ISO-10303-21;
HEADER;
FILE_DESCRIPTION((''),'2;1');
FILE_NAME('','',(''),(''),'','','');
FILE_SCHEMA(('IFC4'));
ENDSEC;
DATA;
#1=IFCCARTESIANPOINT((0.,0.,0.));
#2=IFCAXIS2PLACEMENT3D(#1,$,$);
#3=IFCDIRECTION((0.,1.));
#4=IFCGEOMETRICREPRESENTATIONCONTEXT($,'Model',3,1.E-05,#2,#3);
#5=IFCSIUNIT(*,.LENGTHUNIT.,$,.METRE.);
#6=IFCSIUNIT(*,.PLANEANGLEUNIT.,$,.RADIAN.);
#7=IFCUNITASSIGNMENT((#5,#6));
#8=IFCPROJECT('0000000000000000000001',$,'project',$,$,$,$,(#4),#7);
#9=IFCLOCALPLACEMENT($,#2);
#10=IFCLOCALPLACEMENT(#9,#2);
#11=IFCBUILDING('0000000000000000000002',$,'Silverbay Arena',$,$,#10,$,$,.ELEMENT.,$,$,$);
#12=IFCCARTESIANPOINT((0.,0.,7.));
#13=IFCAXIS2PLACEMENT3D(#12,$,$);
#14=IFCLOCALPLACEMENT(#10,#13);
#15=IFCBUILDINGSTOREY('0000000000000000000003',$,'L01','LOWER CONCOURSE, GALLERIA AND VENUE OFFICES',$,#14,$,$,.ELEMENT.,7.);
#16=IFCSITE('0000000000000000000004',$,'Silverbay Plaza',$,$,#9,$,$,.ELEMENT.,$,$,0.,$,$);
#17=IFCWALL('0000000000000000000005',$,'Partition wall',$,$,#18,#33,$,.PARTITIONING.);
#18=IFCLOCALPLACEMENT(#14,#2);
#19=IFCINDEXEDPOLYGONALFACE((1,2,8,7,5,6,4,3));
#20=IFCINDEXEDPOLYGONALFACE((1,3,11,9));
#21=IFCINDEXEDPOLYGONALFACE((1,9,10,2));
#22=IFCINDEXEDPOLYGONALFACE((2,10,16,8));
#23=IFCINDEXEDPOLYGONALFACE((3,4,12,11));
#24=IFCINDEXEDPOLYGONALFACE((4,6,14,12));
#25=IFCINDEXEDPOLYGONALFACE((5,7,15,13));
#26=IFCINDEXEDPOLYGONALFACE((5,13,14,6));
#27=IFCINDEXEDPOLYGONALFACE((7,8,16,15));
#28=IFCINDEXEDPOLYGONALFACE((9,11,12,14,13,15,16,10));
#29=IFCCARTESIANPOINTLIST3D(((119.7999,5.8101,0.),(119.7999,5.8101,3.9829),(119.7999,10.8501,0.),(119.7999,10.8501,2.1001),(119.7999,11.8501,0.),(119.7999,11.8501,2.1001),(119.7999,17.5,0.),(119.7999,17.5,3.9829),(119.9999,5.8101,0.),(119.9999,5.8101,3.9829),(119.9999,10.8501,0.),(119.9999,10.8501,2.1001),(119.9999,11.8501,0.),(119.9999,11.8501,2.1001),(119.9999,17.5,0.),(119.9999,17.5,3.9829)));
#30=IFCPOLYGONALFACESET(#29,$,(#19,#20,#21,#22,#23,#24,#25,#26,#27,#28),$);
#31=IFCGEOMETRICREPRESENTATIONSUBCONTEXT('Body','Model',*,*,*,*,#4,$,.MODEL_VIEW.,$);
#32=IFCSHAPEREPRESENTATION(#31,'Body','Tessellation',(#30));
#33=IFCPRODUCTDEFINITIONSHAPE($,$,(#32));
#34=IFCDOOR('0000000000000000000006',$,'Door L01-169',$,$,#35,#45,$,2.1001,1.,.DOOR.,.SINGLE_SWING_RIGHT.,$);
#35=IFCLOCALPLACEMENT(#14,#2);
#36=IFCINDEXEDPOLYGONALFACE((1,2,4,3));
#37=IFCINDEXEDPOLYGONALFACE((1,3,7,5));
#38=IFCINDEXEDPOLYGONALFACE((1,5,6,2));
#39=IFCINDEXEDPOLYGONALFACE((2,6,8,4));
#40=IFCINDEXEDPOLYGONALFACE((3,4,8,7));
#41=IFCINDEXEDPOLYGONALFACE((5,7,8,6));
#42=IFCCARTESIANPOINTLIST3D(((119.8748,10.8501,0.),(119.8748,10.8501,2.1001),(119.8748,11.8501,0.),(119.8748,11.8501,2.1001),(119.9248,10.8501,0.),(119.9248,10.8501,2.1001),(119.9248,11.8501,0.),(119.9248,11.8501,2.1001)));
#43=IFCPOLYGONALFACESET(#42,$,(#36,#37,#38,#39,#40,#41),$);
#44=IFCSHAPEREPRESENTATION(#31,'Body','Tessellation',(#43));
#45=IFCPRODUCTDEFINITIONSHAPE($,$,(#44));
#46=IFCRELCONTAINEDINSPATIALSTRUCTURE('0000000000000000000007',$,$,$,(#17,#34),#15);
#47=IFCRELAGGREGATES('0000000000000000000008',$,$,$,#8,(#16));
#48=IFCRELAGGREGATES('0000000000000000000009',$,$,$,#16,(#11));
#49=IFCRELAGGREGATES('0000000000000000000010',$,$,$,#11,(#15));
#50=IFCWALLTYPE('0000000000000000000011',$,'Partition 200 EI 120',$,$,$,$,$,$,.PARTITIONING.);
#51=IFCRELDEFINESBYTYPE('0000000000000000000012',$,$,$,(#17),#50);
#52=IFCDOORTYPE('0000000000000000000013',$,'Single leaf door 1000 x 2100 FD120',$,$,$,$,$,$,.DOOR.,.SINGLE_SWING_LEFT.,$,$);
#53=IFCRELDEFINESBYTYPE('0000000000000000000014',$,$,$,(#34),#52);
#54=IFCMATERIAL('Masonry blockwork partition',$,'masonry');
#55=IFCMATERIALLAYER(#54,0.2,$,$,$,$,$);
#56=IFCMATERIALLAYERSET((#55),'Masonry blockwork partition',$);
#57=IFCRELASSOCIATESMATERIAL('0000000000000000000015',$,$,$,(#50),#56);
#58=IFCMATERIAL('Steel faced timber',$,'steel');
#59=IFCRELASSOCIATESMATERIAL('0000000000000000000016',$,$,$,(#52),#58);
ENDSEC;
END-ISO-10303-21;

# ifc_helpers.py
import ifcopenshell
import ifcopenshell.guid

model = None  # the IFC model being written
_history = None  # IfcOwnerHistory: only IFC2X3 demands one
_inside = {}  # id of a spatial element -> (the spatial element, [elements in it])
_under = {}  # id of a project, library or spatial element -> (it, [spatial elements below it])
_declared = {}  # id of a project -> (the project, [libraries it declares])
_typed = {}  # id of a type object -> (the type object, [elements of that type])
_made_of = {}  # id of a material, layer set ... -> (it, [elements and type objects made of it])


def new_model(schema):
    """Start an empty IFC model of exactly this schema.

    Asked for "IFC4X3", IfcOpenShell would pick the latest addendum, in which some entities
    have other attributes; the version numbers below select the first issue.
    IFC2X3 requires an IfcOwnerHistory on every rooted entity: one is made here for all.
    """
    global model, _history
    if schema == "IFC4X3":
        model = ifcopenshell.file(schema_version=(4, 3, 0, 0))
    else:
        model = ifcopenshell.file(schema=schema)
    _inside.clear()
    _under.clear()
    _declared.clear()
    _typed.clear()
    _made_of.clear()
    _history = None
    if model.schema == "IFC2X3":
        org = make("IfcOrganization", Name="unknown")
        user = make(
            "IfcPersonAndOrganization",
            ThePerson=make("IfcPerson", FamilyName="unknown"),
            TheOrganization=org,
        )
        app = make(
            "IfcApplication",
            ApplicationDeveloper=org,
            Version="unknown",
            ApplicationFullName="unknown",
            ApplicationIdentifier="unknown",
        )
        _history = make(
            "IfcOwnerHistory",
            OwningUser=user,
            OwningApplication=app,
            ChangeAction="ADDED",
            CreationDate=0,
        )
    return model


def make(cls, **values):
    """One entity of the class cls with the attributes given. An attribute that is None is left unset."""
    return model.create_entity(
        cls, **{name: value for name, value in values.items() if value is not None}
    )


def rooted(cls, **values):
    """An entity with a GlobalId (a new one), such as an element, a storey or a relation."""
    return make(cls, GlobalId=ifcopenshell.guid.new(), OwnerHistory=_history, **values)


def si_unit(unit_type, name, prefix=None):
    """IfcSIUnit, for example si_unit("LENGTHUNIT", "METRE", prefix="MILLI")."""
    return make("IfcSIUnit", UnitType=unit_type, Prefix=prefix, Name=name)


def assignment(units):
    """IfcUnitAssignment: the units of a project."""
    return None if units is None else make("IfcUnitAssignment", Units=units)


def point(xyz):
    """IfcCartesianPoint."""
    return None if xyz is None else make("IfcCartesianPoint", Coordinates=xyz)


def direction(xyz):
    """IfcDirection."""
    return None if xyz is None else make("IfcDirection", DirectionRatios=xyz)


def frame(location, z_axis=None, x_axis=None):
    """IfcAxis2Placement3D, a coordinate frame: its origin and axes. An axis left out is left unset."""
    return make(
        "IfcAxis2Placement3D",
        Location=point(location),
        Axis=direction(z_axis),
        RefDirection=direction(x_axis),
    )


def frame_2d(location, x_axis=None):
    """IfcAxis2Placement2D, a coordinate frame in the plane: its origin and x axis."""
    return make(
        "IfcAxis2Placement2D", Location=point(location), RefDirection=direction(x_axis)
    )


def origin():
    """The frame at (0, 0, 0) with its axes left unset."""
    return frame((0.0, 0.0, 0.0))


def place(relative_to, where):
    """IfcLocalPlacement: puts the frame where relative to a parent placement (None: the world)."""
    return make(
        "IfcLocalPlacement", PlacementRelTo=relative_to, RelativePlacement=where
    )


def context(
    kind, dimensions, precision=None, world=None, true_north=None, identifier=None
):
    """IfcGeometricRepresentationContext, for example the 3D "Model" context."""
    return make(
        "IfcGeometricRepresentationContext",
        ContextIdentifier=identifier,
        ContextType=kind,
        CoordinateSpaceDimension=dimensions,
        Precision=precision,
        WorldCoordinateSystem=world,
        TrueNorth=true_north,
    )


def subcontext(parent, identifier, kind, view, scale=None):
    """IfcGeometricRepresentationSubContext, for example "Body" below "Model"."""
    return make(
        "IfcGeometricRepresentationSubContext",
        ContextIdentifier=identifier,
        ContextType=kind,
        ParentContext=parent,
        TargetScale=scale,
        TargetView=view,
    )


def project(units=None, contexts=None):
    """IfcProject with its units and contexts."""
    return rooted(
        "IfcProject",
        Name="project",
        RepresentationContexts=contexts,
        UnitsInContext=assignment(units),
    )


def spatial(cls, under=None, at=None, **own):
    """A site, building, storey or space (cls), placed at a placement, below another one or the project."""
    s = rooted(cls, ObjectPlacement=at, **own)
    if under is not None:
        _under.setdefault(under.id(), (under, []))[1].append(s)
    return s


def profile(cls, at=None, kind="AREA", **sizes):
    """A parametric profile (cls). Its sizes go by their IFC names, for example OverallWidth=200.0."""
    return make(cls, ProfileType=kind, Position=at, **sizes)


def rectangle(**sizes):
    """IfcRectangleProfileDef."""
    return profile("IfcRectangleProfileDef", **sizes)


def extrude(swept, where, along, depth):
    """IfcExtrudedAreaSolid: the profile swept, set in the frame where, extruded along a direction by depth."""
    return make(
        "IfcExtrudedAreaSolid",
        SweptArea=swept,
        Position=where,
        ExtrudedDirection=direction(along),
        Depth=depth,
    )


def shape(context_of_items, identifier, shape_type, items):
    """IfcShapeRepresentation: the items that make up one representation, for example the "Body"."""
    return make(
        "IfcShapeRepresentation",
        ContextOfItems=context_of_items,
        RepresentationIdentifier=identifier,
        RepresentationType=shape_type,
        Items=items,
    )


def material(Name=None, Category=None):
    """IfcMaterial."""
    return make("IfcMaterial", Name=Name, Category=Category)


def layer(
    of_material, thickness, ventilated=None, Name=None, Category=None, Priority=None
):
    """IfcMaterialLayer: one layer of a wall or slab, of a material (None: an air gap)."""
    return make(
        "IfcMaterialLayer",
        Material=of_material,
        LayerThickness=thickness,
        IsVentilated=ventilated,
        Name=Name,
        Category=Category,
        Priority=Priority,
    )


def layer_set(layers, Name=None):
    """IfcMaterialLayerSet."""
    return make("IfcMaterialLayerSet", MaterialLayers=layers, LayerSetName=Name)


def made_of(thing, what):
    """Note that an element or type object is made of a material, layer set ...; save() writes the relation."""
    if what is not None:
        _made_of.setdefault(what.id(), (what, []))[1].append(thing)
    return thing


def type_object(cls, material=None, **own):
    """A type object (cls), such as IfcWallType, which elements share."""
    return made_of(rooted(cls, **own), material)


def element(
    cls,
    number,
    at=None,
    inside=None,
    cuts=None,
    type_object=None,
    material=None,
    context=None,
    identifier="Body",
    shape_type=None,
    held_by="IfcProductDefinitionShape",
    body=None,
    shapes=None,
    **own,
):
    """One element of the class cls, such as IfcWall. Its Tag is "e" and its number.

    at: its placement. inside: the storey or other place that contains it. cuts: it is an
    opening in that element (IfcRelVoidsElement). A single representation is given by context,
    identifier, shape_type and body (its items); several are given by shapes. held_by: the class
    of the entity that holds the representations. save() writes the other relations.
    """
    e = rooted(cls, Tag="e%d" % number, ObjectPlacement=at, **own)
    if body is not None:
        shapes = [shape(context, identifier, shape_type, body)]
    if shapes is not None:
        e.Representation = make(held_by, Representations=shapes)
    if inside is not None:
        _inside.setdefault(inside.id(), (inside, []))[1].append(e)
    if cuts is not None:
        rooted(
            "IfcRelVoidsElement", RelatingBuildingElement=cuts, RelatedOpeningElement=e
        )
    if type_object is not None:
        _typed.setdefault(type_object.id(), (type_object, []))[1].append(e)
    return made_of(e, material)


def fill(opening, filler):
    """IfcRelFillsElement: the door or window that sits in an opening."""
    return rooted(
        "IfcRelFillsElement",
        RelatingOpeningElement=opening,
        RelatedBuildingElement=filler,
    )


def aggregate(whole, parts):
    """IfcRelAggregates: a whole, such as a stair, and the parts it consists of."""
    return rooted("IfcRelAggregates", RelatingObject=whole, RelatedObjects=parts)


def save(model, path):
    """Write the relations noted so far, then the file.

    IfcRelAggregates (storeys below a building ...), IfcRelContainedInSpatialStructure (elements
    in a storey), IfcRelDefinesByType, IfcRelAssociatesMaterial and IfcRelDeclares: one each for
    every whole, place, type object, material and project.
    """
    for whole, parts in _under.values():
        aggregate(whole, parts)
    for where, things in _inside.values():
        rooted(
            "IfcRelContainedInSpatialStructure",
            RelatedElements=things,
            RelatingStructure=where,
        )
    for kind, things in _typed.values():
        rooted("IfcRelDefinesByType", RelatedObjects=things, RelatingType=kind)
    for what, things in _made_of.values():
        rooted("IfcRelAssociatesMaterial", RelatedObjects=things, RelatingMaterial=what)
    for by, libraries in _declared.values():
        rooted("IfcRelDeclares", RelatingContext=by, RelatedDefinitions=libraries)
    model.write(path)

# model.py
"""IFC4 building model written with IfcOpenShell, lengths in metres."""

from ifc_helpers import new_model, si_unit, direction, frame, frame_2d, origin, place, context, subcontext, project, spatial, rectangle, extrude, material, layer, layer_set, type_object, element, fill, save


model = new_model("IFC4")

# Units and contexts
model_context = context("Model", 3, precision=1e-05, world=origin(), true_north=direction((0.0, 1.0)))
body_context = subcontext(model_context, "Body", "Model", "MODEL_VIEW")
ifc_project = project(units=[si_unit("LENGTHUNIT", "METRE"), si_unit("PLANEANGLEUNIT", "RADIAN")], contexts=[model_context])

# Site, building, storey
site_placement = place(None, origin())
site = spatial("IfcSite", under=ifc_project, at=site_placement, Name="Silverbay Plaza", CompositionType="ELEMENT", RefElevation=0.0)
building_placement = place(site_placement, origin())
building = spatial("IfcBuilding", under=site, at=building_placement, Name="Silverbay Arena", CompositionType="ELEMENT")
storey_placement = place(building_placement, frame((0.0, 0.0, 7.0)))
storey = spatial("IfcBuildingStorey", under=building, at=storey_placement, Name="L01", Description="LOWER CONCOURSE, GALLERIA AND VENUE OFFICES", CompositionType="ELEMENT", Elevation=7.0)

# Wall, opening, door
ifc_material_1 = material(Name="Masonry blockwork partition", Category="masonry")
ifc_layer_1 = layer(ifc_material_1, 0.2)
ifc_layer_set_1 = layer_set([ifc_layer_1], Name="Masonry blockwork partition")
wall_type = type_object("IfcWallType", Name="Partition 200 EI 120", PredefinedType="PARTITIONING", material=ifc_layer_set_1)
wall_placement = place(storey_placement, frame((119.8999, 5.8101, 0.0), z_axis=(0.0, 0.0, 1.0), x_axis=(0.0, 1.0, 0.0)))
wall = element("IfcWall", 1, at=wall_placement, inside=storey, type_object=wall_type, Name="Partition wall", PredefinedType="PARTITIONING", context=body_context, shape_type="SweptSolid", body=[
    extrude(rectangle(XDim=11.6899, YDim=0.2, at=frame_2d((5.845, 0.0))), origin(), (0.0, 0.0, 1.0), 3.9829),
])
opening_placement = place(wall_placement, frame((5.04, 0.0, 0.0)))
opening = element("IfcOpeningElement", 2, at=opening_placement, cuts=wall, PredefinedType="OPENING", context=body_context, shape_type="SweptSolid", body=[
    extrude(rectangle(XDim=1.0, YDim=2.1001, at=frame_2d((0.5, 1.05))), frame((0.0, 0.1099, 0.0), z_axis=(0.0, -1.0, 0.0), x_axis=(1.0, 0.0, 0.0)), (0.0, 0.0, 1.0), 0.22),
])
ifc_material_2 = material(Name="Steel faced timber", Category="steel")
door_type = type_object("IfcDoorType", Name="Single leaf door 1000 x 2100 FD120", OperationType="SINGLE_SWING_LEFT", PredefinedType="DOOR", material=ifc_material_2)
door_placement = place(opening_placement, frame((1.0, 0.0, 0.0), z_axis=(0.0, 0.0, 1.0), x_axis=(-1.0, 0.0, 0.0)))
door = element("IfcDoor", 3, at=door_placement, inside=storey, type_object=door_type, Name="Door L01-169", OperationType="SINGLE_SWING_RIGHT", OverallHeight=2.1001, OverallWidth=1.0, PredefinedType="DOOR", context=body_context, shape_type="SweptSolid", body=[
    extrude(rectangle(XDim=1.0, YDim=2.1001, at=frame_2d((0.5, 1.05))), frame((0.0, 0.0249, 0.0), z_axis=(0.0, -1.0, 0.0), x_axis=(1.0, 0.0, 0.0)), (0.0, 0.0, 1.0), 0.05),
])
fill(opening, door)

save(model, "model.ifc")
